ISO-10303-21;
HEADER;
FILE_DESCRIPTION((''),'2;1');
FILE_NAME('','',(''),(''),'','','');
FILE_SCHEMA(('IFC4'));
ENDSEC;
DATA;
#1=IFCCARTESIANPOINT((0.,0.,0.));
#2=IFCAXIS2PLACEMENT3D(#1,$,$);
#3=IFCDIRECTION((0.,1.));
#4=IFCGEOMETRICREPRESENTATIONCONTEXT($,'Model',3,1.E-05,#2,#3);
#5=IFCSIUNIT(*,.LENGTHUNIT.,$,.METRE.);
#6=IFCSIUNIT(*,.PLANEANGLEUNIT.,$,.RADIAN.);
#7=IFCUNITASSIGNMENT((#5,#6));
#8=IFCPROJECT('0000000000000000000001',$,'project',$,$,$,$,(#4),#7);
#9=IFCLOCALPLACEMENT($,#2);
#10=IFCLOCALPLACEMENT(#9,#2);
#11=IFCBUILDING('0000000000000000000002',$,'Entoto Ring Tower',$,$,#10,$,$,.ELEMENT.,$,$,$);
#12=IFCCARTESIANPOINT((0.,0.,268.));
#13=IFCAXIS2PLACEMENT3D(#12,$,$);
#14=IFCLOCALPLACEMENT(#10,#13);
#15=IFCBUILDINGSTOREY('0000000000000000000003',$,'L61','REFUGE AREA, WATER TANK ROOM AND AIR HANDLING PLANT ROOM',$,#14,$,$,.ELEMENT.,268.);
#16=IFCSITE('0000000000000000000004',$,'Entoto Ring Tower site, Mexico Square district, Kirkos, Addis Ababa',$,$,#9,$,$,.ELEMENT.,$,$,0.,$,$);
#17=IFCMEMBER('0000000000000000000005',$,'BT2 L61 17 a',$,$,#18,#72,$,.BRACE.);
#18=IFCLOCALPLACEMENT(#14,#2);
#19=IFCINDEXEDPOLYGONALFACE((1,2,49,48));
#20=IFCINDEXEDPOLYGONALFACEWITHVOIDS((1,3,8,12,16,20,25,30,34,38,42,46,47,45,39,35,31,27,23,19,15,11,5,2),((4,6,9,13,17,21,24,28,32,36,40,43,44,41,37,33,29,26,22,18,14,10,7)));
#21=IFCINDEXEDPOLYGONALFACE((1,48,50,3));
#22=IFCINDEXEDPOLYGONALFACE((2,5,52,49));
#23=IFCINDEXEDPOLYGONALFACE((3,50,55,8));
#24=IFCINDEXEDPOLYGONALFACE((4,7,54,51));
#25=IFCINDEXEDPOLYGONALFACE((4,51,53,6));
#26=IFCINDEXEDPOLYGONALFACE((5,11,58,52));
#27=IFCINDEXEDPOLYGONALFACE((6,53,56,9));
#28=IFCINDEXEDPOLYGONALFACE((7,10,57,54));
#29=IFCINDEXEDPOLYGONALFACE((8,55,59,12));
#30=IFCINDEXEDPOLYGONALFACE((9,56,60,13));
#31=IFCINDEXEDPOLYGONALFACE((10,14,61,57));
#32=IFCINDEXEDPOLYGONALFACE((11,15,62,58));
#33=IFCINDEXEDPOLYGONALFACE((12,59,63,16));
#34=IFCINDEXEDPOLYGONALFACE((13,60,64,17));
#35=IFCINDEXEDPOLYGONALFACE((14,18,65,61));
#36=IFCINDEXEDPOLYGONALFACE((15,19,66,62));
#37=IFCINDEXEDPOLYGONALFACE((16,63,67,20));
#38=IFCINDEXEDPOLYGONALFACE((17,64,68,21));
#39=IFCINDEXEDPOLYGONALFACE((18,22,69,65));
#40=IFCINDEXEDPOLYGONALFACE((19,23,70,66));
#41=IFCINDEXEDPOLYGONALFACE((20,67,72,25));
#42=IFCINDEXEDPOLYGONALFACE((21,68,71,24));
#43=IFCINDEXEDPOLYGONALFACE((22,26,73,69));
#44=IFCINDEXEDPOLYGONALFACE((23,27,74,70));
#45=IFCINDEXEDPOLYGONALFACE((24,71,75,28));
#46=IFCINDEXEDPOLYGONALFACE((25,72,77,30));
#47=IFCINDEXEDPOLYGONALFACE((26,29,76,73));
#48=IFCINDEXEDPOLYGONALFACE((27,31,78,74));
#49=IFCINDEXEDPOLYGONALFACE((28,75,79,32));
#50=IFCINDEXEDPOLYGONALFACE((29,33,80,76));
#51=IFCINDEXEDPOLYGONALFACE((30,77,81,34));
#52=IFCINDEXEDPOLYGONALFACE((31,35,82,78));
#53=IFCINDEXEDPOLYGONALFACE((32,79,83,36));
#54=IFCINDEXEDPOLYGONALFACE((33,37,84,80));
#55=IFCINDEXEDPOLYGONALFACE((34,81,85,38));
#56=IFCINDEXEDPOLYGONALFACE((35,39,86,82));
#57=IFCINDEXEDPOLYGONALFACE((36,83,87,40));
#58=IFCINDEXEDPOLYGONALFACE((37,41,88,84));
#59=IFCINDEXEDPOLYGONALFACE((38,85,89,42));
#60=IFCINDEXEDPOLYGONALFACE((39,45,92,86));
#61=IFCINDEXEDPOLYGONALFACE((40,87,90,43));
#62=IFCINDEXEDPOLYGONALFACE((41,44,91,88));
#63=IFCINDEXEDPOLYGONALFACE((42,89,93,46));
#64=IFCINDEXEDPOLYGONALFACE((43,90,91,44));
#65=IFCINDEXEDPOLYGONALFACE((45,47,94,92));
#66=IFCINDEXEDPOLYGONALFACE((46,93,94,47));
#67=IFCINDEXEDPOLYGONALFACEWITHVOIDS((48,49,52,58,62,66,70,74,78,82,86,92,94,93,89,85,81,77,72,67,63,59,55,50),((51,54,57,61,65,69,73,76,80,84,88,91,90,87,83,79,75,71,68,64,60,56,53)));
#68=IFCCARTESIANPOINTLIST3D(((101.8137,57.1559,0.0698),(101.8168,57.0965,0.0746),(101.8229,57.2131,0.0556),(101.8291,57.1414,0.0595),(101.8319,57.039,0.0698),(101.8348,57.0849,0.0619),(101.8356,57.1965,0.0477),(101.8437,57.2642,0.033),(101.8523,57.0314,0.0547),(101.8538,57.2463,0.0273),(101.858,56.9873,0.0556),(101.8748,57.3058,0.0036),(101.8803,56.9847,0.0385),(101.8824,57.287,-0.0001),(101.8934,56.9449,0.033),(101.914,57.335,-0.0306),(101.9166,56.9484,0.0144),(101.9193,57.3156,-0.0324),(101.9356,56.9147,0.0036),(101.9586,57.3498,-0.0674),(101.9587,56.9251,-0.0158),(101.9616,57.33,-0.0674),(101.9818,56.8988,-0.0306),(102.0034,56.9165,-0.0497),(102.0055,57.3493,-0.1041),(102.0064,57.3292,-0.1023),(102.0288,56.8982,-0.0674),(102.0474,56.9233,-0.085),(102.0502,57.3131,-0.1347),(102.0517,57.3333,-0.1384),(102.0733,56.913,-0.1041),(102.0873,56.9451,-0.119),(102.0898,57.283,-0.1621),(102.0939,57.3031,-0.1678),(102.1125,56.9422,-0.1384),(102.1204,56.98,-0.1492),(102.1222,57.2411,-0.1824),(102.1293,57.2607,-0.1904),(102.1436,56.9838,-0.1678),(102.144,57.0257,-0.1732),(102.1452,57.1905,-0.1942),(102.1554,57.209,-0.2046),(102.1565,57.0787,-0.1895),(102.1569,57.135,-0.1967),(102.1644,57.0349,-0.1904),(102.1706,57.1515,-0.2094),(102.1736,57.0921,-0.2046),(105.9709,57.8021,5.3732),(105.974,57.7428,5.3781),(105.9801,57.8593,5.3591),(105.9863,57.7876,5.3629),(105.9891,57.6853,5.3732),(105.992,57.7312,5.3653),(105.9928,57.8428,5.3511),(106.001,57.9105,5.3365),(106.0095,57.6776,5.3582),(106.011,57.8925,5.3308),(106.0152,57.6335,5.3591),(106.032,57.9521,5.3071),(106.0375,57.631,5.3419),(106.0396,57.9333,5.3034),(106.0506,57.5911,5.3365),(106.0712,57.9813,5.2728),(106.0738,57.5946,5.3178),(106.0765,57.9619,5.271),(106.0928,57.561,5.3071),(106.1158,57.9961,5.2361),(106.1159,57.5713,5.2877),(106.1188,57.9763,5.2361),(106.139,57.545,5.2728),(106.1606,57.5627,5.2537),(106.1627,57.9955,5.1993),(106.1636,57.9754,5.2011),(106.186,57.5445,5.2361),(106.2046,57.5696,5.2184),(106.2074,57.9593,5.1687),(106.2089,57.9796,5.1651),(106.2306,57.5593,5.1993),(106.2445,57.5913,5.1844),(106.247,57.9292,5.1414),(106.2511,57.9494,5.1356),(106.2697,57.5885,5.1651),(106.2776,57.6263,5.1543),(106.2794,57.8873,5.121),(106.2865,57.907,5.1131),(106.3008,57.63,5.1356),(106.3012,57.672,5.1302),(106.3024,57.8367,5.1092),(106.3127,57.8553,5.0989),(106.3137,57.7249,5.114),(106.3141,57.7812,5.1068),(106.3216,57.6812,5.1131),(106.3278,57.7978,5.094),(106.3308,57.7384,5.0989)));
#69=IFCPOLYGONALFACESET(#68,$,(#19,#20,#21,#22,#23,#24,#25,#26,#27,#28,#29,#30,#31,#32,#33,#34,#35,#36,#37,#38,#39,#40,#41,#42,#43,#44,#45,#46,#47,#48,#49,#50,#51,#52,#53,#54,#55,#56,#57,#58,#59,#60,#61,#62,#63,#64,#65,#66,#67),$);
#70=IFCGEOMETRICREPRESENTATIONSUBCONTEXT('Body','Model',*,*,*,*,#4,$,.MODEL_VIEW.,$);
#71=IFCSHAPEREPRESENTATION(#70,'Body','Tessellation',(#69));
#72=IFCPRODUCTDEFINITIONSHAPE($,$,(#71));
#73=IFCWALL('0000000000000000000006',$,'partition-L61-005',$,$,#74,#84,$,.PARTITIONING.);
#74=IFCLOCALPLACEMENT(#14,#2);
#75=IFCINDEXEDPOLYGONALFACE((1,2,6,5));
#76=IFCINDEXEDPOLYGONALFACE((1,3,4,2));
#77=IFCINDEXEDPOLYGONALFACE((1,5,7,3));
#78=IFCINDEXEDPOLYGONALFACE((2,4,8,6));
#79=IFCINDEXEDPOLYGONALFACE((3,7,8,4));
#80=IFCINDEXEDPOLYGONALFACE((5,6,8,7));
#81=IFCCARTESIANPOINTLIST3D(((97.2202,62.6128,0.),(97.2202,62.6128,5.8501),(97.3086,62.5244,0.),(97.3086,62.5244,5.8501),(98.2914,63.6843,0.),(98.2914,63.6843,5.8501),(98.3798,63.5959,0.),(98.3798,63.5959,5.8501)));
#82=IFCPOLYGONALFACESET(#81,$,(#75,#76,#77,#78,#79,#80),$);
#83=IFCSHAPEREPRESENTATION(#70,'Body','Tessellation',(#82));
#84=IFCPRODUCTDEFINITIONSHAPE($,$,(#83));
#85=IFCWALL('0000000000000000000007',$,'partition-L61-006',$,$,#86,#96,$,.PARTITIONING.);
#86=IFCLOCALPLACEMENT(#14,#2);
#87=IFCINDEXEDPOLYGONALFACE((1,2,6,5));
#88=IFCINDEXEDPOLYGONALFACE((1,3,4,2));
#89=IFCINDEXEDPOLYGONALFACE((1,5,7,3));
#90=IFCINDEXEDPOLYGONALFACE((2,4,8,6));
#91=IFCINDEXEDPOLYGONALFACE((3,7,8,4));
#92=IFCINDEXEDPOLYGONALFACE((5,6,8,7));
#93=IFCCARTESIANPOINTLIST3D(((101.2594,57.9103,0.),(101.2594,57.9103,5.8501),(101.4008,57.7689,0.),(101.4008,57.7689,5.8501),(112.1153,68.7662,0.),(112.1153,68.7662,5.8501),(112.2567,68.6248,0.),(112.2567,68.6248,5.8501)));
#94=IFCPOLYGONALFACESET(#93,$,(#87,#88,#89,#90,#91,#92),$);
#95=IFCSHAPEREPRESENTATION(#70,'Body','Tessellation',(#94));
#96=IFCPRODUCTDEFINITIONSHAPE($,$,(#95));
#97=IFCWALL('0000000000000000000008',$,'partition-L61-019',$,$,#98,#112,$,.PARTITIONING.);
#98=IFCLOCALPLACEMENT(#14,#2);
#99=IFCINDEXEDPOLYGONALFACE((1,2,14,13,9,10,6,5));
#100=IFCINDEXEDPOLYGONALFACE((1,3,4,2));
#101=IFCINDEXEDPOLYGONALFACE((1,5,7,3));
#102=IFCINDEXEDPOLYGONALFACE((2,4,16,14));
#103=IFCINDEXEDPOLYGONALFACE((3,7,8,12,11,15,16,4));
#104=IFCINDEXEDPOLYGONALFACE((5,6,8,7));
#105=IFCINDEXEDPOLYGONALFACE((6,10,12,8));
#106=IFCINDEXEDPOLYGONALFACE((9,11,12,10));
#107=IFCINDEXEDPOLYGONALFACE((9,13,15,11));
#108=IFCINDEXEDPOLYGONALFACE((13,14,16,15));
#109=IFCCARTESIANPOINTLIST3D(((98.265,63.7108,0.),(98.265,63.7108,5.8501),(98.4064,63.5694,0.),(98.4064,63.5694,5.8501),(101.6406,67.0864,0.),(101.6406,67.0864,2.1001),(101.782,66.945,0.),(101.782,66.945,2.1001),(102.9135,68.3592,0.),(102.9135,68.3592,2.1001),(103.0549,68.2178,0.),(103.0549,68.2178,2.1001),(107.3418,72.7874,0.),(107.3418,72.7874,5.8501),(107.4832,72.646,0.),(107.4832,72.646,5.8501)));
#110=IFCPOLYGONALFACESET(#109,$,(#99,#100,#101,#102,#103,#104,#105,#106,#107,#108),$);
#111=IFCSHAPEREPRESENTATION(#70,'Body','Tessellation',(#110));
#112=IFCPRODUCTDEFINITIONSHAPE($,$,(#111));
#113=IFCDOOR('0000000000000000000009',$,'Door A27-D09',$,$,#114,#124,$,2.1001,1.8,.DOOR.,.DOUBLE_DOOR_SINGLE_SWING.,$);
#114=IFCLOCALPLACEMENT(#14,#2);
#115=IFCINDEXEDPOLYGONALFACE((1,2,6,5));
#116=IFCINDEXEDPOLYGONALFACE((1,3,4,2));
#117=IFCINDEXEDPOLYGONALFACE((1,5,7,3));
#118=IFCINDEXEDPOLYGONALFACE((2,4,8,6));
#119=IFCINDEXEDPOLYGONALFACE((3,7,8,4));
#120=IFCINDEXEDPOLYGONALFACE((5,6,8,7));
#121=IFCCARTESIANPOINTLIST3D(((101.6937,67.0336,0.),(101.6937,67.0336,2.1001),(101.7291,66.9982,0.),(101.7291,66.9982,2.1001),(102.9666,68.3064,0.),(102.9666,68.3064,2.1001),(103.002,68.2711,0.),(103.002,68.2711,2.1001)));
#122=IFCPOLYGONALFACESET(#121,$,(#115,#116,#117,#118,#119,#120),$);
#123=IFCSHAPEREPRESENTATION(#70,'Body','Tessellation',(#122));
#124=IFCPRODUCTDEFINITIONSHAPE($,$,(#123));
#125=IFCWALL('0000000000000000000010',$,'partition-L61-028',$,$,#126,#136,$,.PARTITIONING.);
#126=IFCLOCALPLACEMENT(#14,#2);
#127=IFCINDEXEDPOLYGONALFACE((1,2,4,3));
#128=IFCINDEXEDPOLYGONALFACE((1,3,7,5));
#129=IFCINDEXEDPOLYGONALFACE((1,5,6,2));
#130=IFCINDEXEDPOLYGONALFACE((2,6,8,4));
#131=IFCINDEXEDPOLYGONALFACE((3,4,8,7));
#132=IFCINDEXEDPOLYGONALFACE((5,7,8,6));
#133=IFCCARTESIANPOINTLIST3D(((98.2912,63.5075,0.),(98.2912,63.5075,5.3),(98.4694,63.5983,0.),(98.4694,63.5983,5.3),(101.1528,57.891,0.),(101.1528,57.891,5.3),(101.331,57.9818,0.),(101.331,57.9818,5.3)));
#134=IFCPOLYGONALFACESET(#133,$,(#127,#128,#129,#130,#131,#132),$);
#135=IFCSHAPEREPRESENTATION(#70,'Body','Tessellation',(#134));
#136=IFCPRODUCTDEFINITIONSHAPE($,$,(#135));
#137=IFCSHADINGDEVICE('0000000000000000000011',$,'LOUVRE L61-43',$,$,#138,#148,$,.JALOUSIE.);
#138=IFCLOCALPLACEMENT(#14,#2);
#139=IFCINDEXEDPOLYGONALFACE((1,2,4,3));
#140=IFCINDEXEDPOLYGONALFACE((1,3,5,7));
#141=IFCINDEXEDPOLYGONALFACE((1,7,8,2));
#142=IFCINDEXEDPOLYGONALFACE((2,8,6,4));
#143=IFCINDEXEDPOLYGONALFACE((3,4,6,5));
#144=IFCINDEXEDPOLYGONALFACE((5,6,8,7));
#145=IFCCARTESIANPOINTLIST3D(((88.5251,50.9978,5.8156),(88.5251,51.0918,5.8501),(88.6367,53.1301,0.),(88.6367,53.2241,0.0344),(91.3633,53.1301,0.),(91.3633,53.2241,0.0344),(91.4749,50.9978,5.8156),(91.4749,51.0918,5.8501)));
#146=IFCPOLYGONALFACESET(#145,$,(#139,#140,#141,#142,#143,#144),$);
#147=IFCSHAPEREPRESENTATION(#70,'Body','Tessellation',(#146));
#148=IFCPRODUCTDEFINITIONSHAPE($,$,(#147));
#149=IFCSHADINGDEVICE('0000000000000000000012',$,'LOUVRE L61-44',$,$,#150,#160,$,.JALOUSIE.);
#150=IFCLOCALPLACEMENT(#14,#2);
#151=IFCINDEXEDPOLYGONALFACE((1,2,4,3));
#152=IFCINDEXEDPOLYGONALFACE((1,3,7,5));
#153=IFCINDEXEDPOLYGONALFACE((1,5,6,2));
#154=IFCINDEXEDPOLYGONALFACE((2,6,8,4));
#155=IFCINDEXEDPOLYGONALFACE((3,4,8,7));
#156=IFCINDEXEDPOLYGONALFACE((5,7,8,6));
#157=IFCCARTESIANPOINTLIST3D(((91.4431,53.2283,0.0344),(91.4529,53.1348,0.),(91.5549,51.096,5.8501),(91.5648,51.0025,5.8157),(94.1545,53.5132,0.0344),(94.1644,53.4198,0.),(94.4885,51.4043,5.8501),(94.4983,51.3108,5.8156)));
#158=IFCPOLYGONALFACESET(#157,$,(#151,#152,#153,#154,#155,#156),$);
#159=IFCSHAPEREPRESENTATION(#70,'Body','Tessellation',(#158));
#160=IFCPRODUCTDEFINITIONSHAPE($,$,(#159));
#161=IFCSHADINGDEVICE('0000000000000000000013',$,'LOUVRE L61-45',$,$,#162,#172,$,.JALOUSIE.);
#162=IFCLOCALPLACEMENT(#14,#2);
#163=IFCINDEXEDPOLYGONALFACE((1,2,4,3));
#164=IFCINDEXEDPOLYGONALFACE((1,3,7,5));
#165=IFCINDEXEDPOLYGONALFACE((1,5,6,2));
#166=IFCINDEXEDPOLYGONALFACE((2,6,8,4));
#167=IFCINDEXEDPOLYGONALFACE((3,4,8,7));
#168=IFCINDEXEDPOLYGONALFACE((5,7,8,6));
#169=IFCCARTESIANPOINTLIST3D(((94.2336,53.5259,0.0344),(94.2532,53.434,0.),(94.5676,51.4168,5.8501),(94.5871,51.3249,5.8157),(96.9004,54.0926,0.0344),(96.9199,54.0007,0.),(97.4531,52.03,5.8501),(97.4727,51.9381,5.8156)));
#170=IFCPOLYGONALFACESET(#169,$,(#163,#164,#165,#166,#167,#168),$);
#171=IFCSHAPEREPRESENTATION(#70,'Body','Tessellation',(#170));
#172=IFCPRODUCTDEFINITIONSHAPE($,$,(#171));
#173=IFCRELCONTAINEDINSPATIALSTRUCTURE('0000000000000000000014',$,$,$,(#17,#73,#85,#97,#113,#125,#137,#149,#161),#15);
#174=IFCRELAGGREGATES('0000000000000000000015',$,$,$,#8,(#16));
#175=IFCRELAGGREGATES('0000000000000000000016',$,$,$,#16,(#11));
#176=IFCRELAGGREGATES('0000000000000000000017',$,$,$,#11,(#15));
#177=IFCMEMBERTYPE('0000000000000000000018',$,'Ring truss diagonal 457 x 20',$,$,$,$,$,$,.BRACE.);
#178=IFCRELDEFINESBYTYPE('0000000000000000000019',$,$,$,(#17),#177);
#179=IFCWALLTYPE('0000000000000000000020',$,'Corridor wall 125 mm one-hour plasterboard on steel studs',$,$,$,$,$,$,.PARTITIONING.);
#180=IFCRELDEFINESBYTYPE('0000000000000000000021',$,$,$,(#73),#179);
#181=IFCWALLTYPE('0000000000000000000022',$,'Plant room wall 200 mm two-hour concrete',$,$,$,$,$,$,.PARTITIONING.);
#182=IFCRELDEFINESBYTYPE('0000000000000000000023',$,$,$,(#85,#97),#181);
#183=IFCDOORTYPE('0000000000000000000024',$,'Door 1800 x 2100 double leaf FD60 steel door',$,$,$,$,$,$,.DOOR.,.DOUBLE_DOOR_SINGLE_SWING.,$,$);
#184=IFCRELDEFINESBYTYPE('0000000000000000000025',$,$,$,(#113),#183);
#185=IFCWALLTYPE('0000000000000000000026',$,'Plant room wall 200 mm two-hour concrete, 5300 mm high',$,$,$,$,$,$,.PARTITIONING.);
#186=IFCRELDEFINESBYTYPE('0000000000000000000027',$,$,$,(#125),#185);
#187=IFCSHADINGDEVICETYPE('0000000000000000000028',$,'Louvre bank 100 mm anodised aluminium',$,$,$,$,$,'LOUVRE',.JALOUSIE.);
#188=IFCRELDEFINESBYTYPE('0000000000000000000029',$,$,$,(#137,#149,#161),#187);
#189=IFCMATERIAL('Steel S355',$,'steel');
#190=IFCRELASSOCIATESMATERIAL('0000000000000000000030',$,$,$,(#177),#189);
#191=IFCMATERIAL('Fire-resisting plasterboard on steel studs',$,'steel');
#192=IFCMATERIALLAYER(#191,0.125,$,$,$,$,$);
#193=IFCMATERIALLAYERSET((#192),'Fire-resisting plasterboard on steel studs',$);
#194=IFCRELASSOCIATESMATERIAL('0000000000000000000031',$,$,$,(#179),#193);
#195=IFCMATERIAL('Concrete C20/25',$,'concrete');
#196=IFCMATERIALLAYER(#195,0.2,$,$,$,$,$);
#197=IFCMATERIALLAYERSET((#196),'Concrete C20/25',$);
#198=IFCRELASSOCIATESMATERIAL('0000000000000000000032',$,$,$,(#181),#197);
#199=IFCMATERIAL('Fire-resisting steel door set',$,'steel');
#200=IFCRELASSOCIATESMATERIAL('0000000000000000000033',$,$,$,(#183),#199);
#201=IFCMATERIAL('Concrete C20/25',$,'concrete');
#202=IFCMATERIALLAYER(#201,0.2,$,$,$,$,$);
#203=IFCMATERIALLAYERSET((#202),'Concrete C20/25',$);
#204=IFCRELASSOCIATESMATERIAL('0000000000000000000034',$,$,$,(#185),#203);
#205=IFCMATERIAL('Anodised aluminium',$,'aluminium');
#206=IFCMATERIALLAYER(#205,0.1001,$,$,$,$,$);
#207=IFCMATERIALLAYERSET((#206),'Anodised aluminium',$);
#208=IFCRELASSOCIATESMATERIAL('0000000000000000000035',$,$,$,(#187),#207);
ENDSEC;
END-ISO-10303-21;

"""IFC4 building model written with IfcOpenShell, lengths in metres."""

from ifc_helpers import new_model, si_unit, direction, frame, frame_2d, origin, origin_2d, place, context, subcontext, project, spatial, polyline, rectangle, circle, hollow_circle, outline, extrude, material, layer, layer_set, material_profile, profile_set, type_object, element, fill, save


model = new_model("IFC4")

# Units and contexts
model_context = context("Model", 3, precision=1e-05, world=origin(), true_north=direction((0.0, 1.0)))
body_context = subcontext(model_context, "Body", "Model", "MODEL_VIEW")
ifc_project = project(units=[si_unit("LENGTHUNIT", "METRE"), si_unit("PLANEANGLEUNIT", "RADIAN")], contexts=[model_context])

# Site, building, storey
site_placement = place(None, origin())
site = spatial("IfcSite", under=ifc_project, at=site_placement, Name="Entoto Ring Tower site, Mexico Square district, Kirkos, Addis Ababa", CompositionType="ELEMENT", RefElevation=0.0)
building_placement = place(site_placement, origin())
building = spatial("IfcBuilding", under=site, at=building_placement, Name="Entoto Ring Tower", CompositionType="ELEMENT")
storey_placement = place(building_placement, frame((0.0, 0.0, 268.0)))
storey = spatial("IfcBuildingStorey", under=building, at=storey_placement, Name="L61", Description="REFUGE AREA, WATER TANK ROOM AND AIR HANDLING PLANT ROOM", CompositionType="ELEMENT", Elevation=268.0)

# Member
ifc_material_1 = material(Name="Steel S355", Category="steel")
ifc_material_profile_1 = material_profile(ifc_material_1, hollow_circle(Radius=0.2285, WallThickness=0.02, at=origin_2d()), Name="CHS 457 x 20")
ifc_material_2 = material(Name="Concrete C60/75", Category="concrete")
ifc_material_profile_2 = material_profile(ifc_material_2, circle(Radius=0.2085, at=origin_2d()), Name="Concrete C60/75 infill")
ifc_profile_set_1 = profile_set([ifc_material_profile_1, ifc_material_profile_2], Name="Steel S355")
member_type_1 = type_object("IfcMemberType", Name="Ring truss diagonal 457 x 20", PredefinedType="BRACE", material=ifc_profile_set_1)
for number, where, z_axis, x_axis, name in (
    (1, (101.9937, 57.124, -0.0674), (0.614106, 0.095463, 0.783429), (-0.153605, 0.988132, 0.0), "BT2 L61 17 a"),
):
    element("IfcMember", number, at=place(storey_placement, frame(where, z_axis=z_axis, x_axis=x_axis)), inside=storey, type_object=member_type_1, Name=name, PredefinedType="BRACE", context=body_context, shape_type="SweptSolid", body=[
        extrude(hollow_circle(Radius=0.2285, WallThickness=0.02, at=origin_2d()), origin(), (0.0, 0.0, 1.0), 6.7695),
    ])

# Walls
ifc_material_3 = material(Name="Fire-resisting plasterboard on steel studs", Category="steel")
ifc_layer_1 = layer(ifc_material_3, 0.125)
ifc_layer_set_1 = layer_set([ifc_layer_1], Name="Fire-resisting plasterboard on steel studs")
wall_type_1 = type_object("IfcWallType", Name="Corridor wall 125 mm one-hour plasterboard on steel studs", PredefinedType="PARTITIONING", material=ifc_layer_set_1)
wall_1_placement = place(storey_placement, frame((97.2644, 62.5686, 0.0), z_axis=(0.0, 0.0, 1.0), x_axis=(0.707026, 0.707187, 0.0)))
element("IfcWall", 2, at=wall_1_placement, inside=storey, type_object=wall_type_1, Name="partition-L61-005", PredefinedType="PARTITIONING", context=body_context, shape_type="SweptSolid", body=[
    extrude(rectangle(XDim=1.5151, YDim=0.125, at=frame_2d((0.7576, 0.0))), origin(), (0.0, 0.0, 1.0), 5.8501),
])
ifc_material_4 = material(Name="Concrete C20/25", Category="concrete")
ifc_layer_2 = layer(ifc_material_4, 0.2)
ifc_layer_set_2 = layer_set([ifc_layer_2], Name="Concrete C20/25")
wall_type_2 = type_object("IfcWallType", Name="Plant room wall 200 mm two-hour concrete", PredefinedType="PARTITIONING", material=ifc_layer_set_2)
wall_2_placement = place(storey_placement, frame((101.3301, 57.8396, 0.0), z_axis=(0.0, 0.0, 1.0), x_axis=(0.707107, 0.707107, 0.0)))
element("IfcWall", 3, at=wall_2_placement, inside=storey, type_object=wall_type_2, Name="partition-L61-006", PredefinedType="PARTITIONING", context=body_context, shape_type="SweptSolid", body=[
    extrude(rectangle(XDim=15.3525, YDim=0.2, at=frame_2d((7.6763, 0.0))), origin(), (0.0, 0.0, 1.0), 5.8501),
])

# Wall, opening, door
wall_3_placement = place(storey_placement, frame((98.3357, 63.6401, 0.0), z_axis=(0.0, 0.0, 1.0), x_axis=(0.707116, 0.707097, 0.0)))
wall_3 = element("IfcWall", 4, at=wall_3_placement, inside=storey, type_object=wall_type_2, Name="partition-L61-019", PredefinedType="PARTITIONING", context=body_context, shape_type="SweptSolid", body=[
    extrude(rectangle(XDim=12.8364, YDim=0.2, at=frame_2d((6.4182, 0.0))), origin(), (0.0, 0.0, 1.0), 5.8501),
])
opening_placement = place(wall_3_placement, frame((4.7739, 0.0, 0.0)))
opening = element("IfcOpeningElement", 5, at=opening_placement, cuts=wall_3, PredefinedType="OPENING", context=body_context, shape_type="SweptSolid", body=[
    extrude(rectangle(XDim=1.8, YDim=2.1001, at=frame_2d((0.8999, 1.05))), frame((0.0, 0.1099, 0.0), z_axis=(0.0, -1.0, 0.0), x_axis=(1.0, 0.0, 0.0)), (0.0, 0.0, 1.0), 0.22),
])
ifc_material_5 = material(Name="Fire-resisting steel door set", Category="steel")
door_type = type_object("IfcDoorType", Name="Door 1800 x 2100 double leaf FD60 steel door", OperationType="DOUBLE_DOOR_SINGLE_SWING", PredefinedType="DOOR", material=ifc_material_5)
door_placement = place(opening_placement, frame((1.8, 0.0, 0.0), z_axis=(0.0, 0.0, 1.0), x_axis=(-1.0, 0.0, 0.0)))
door = element("IfcDoor", 6, at=door_placement, inside=storey, type_object=door_type, Name="Door A27-D09", OperationType="DOUBLE_DOOR_SINGLE_SWING", OverallHeight=2.1001, OverallWidth=1.8, PredefinedType="DOOR", context=body_context, shape_type="SweptSolid", body=[
    extrude(rectangle(XDim=1.8, YDim=2.1001, at=frame_2d((0.8999, 1.05))), frame((0.0, 0.0249, 0.0), z_axis=(0.0, -1.0, 0.0), x_axis=(1.0, 0.0, 0.0)), (0.0, 0.0, 1.0), 0.05),
])
fill(opening, door)

# Wall
ifc_material_6 = material(Name="Concrete C20/25", Category="concrete")
ifc_layer_3 = layer(ifc_material_6, 0.2)
ifc_layer_set_3 = layer_set([ifc_layer_3], Name="Concrete C20/25")
wall_type_3 = type_object("IfcWallType", Name="Plant room wall 200 mm two-hour concrete, 5300 mm high", PredefinedType="PARTITIONING", material=ifc_layer_set_3)
wall_4_placement = place(storey_placement, frame((101.2419, 57.9363, 0.0), z_axis=(0.0, 0.0, 1.0), x_axis=(-0.453971, 0.891016, 0.0)))
element("IfcWall", 7, at=wall_4_placement, inside=storey, type_object=wall_type_3, Name="partition-L61-028", PredefinedType="PARTITIONING", context=body_context, shape_type="SweptSolid", body=[
    extrude(rectangle(XDim=6.3035, YDim=0.2, at=frame_2d((3.1519, 0.0))), origin(), (0.0, 0.0, 1.0), 5.3),
])

# Shading devices
ifc_material_7 = material(Name="Anodised aluminium", Category="aluminium")
ifc_layer_4 = layer(ifc_material_7, 0.1001)
ifc_layer_set_4 = layer_set([ifc_layer_4], Name="Anodised aluminium")
shading_device_type = type_object("IfcShadingDeviceType", Name="Louvre bank 100 mm anodised aluminium", ElementType="LOUVRE", PredefinedType="JALOUSIE", material=ifc_layer_set_4)
shading_device_1_placement = place(storey_placement, frame((88.6367, 53.2241, 0.0344), z_axis=(0.0, 0.938881, 0.344242), x_axis=(1.0, 0.0, 0.0)))
element("IfcShadingDevice", 8, at=shading_device_1_placement, inside=storey, type_object=shading_device_type, Name="LOUVRE L61-43", PredefinedType="JALOUSIE", context=body_context, shape_type="SweptSolid", body=[
    extrude(outline(polyline([(0.0, 0.0), (2.7266, 0.0), (2.8381, -6.1943), (-0.1116, -6.1943), (0.0, 0.0)])), origin(), (0.0, 0.0, -1.0), 0.1001),
])
shading_device_2_placement = place(storey_placement, frame((91.4431, 53.2283, 0.0344), z_axis=(-0.098131, 0.933741, 0.344237), x_axis=(0.994523, 0.104517, 0.000005)))
element("IfcShadingDevice", 9, at=shading_device_2_placement, inside=storey, type_object=shading_device_type, Name="LOUVRE L61-44", PredefinedType="JALOUSIE", context=body_context, shape_type="SweptSolid", body=[
    extrude(outline(polyline([(0.0, 0.0), (2.7264, 0.0), (2.8381, -6.1942), (-0.1116, -6.1943), (0.0, 0.0)])), origin(), (0.0, 0.0, -1.0), 0.1001),
])
shading_device_3_placement = place(storey_placement, frame((94.2336, 53.5259, 0.0344), z_axis=(-0.195166, 0.918367, 0.344255), x_axis=(0.978157, 0.207869, 0.000008)))
element("IfcShadingDevice", 10, at=shading_device_3_placement, inside=storey, type_object=shading_device_type, Name="LOUVRE L61-45", PredefinedType="JALOUSIE", context=body_context, shape_type="SweptSolid", body=[
    extrude(outline(polyline([(0.0, 0.0), (2.7263, 0.0), (2.8383, -6.1943), (-0.1117, -6.1943), (0.0, 0.0)])), origin(), (0.0, 0.0, -1.0), 0.1001),
])

save(model, "model.ifc")
